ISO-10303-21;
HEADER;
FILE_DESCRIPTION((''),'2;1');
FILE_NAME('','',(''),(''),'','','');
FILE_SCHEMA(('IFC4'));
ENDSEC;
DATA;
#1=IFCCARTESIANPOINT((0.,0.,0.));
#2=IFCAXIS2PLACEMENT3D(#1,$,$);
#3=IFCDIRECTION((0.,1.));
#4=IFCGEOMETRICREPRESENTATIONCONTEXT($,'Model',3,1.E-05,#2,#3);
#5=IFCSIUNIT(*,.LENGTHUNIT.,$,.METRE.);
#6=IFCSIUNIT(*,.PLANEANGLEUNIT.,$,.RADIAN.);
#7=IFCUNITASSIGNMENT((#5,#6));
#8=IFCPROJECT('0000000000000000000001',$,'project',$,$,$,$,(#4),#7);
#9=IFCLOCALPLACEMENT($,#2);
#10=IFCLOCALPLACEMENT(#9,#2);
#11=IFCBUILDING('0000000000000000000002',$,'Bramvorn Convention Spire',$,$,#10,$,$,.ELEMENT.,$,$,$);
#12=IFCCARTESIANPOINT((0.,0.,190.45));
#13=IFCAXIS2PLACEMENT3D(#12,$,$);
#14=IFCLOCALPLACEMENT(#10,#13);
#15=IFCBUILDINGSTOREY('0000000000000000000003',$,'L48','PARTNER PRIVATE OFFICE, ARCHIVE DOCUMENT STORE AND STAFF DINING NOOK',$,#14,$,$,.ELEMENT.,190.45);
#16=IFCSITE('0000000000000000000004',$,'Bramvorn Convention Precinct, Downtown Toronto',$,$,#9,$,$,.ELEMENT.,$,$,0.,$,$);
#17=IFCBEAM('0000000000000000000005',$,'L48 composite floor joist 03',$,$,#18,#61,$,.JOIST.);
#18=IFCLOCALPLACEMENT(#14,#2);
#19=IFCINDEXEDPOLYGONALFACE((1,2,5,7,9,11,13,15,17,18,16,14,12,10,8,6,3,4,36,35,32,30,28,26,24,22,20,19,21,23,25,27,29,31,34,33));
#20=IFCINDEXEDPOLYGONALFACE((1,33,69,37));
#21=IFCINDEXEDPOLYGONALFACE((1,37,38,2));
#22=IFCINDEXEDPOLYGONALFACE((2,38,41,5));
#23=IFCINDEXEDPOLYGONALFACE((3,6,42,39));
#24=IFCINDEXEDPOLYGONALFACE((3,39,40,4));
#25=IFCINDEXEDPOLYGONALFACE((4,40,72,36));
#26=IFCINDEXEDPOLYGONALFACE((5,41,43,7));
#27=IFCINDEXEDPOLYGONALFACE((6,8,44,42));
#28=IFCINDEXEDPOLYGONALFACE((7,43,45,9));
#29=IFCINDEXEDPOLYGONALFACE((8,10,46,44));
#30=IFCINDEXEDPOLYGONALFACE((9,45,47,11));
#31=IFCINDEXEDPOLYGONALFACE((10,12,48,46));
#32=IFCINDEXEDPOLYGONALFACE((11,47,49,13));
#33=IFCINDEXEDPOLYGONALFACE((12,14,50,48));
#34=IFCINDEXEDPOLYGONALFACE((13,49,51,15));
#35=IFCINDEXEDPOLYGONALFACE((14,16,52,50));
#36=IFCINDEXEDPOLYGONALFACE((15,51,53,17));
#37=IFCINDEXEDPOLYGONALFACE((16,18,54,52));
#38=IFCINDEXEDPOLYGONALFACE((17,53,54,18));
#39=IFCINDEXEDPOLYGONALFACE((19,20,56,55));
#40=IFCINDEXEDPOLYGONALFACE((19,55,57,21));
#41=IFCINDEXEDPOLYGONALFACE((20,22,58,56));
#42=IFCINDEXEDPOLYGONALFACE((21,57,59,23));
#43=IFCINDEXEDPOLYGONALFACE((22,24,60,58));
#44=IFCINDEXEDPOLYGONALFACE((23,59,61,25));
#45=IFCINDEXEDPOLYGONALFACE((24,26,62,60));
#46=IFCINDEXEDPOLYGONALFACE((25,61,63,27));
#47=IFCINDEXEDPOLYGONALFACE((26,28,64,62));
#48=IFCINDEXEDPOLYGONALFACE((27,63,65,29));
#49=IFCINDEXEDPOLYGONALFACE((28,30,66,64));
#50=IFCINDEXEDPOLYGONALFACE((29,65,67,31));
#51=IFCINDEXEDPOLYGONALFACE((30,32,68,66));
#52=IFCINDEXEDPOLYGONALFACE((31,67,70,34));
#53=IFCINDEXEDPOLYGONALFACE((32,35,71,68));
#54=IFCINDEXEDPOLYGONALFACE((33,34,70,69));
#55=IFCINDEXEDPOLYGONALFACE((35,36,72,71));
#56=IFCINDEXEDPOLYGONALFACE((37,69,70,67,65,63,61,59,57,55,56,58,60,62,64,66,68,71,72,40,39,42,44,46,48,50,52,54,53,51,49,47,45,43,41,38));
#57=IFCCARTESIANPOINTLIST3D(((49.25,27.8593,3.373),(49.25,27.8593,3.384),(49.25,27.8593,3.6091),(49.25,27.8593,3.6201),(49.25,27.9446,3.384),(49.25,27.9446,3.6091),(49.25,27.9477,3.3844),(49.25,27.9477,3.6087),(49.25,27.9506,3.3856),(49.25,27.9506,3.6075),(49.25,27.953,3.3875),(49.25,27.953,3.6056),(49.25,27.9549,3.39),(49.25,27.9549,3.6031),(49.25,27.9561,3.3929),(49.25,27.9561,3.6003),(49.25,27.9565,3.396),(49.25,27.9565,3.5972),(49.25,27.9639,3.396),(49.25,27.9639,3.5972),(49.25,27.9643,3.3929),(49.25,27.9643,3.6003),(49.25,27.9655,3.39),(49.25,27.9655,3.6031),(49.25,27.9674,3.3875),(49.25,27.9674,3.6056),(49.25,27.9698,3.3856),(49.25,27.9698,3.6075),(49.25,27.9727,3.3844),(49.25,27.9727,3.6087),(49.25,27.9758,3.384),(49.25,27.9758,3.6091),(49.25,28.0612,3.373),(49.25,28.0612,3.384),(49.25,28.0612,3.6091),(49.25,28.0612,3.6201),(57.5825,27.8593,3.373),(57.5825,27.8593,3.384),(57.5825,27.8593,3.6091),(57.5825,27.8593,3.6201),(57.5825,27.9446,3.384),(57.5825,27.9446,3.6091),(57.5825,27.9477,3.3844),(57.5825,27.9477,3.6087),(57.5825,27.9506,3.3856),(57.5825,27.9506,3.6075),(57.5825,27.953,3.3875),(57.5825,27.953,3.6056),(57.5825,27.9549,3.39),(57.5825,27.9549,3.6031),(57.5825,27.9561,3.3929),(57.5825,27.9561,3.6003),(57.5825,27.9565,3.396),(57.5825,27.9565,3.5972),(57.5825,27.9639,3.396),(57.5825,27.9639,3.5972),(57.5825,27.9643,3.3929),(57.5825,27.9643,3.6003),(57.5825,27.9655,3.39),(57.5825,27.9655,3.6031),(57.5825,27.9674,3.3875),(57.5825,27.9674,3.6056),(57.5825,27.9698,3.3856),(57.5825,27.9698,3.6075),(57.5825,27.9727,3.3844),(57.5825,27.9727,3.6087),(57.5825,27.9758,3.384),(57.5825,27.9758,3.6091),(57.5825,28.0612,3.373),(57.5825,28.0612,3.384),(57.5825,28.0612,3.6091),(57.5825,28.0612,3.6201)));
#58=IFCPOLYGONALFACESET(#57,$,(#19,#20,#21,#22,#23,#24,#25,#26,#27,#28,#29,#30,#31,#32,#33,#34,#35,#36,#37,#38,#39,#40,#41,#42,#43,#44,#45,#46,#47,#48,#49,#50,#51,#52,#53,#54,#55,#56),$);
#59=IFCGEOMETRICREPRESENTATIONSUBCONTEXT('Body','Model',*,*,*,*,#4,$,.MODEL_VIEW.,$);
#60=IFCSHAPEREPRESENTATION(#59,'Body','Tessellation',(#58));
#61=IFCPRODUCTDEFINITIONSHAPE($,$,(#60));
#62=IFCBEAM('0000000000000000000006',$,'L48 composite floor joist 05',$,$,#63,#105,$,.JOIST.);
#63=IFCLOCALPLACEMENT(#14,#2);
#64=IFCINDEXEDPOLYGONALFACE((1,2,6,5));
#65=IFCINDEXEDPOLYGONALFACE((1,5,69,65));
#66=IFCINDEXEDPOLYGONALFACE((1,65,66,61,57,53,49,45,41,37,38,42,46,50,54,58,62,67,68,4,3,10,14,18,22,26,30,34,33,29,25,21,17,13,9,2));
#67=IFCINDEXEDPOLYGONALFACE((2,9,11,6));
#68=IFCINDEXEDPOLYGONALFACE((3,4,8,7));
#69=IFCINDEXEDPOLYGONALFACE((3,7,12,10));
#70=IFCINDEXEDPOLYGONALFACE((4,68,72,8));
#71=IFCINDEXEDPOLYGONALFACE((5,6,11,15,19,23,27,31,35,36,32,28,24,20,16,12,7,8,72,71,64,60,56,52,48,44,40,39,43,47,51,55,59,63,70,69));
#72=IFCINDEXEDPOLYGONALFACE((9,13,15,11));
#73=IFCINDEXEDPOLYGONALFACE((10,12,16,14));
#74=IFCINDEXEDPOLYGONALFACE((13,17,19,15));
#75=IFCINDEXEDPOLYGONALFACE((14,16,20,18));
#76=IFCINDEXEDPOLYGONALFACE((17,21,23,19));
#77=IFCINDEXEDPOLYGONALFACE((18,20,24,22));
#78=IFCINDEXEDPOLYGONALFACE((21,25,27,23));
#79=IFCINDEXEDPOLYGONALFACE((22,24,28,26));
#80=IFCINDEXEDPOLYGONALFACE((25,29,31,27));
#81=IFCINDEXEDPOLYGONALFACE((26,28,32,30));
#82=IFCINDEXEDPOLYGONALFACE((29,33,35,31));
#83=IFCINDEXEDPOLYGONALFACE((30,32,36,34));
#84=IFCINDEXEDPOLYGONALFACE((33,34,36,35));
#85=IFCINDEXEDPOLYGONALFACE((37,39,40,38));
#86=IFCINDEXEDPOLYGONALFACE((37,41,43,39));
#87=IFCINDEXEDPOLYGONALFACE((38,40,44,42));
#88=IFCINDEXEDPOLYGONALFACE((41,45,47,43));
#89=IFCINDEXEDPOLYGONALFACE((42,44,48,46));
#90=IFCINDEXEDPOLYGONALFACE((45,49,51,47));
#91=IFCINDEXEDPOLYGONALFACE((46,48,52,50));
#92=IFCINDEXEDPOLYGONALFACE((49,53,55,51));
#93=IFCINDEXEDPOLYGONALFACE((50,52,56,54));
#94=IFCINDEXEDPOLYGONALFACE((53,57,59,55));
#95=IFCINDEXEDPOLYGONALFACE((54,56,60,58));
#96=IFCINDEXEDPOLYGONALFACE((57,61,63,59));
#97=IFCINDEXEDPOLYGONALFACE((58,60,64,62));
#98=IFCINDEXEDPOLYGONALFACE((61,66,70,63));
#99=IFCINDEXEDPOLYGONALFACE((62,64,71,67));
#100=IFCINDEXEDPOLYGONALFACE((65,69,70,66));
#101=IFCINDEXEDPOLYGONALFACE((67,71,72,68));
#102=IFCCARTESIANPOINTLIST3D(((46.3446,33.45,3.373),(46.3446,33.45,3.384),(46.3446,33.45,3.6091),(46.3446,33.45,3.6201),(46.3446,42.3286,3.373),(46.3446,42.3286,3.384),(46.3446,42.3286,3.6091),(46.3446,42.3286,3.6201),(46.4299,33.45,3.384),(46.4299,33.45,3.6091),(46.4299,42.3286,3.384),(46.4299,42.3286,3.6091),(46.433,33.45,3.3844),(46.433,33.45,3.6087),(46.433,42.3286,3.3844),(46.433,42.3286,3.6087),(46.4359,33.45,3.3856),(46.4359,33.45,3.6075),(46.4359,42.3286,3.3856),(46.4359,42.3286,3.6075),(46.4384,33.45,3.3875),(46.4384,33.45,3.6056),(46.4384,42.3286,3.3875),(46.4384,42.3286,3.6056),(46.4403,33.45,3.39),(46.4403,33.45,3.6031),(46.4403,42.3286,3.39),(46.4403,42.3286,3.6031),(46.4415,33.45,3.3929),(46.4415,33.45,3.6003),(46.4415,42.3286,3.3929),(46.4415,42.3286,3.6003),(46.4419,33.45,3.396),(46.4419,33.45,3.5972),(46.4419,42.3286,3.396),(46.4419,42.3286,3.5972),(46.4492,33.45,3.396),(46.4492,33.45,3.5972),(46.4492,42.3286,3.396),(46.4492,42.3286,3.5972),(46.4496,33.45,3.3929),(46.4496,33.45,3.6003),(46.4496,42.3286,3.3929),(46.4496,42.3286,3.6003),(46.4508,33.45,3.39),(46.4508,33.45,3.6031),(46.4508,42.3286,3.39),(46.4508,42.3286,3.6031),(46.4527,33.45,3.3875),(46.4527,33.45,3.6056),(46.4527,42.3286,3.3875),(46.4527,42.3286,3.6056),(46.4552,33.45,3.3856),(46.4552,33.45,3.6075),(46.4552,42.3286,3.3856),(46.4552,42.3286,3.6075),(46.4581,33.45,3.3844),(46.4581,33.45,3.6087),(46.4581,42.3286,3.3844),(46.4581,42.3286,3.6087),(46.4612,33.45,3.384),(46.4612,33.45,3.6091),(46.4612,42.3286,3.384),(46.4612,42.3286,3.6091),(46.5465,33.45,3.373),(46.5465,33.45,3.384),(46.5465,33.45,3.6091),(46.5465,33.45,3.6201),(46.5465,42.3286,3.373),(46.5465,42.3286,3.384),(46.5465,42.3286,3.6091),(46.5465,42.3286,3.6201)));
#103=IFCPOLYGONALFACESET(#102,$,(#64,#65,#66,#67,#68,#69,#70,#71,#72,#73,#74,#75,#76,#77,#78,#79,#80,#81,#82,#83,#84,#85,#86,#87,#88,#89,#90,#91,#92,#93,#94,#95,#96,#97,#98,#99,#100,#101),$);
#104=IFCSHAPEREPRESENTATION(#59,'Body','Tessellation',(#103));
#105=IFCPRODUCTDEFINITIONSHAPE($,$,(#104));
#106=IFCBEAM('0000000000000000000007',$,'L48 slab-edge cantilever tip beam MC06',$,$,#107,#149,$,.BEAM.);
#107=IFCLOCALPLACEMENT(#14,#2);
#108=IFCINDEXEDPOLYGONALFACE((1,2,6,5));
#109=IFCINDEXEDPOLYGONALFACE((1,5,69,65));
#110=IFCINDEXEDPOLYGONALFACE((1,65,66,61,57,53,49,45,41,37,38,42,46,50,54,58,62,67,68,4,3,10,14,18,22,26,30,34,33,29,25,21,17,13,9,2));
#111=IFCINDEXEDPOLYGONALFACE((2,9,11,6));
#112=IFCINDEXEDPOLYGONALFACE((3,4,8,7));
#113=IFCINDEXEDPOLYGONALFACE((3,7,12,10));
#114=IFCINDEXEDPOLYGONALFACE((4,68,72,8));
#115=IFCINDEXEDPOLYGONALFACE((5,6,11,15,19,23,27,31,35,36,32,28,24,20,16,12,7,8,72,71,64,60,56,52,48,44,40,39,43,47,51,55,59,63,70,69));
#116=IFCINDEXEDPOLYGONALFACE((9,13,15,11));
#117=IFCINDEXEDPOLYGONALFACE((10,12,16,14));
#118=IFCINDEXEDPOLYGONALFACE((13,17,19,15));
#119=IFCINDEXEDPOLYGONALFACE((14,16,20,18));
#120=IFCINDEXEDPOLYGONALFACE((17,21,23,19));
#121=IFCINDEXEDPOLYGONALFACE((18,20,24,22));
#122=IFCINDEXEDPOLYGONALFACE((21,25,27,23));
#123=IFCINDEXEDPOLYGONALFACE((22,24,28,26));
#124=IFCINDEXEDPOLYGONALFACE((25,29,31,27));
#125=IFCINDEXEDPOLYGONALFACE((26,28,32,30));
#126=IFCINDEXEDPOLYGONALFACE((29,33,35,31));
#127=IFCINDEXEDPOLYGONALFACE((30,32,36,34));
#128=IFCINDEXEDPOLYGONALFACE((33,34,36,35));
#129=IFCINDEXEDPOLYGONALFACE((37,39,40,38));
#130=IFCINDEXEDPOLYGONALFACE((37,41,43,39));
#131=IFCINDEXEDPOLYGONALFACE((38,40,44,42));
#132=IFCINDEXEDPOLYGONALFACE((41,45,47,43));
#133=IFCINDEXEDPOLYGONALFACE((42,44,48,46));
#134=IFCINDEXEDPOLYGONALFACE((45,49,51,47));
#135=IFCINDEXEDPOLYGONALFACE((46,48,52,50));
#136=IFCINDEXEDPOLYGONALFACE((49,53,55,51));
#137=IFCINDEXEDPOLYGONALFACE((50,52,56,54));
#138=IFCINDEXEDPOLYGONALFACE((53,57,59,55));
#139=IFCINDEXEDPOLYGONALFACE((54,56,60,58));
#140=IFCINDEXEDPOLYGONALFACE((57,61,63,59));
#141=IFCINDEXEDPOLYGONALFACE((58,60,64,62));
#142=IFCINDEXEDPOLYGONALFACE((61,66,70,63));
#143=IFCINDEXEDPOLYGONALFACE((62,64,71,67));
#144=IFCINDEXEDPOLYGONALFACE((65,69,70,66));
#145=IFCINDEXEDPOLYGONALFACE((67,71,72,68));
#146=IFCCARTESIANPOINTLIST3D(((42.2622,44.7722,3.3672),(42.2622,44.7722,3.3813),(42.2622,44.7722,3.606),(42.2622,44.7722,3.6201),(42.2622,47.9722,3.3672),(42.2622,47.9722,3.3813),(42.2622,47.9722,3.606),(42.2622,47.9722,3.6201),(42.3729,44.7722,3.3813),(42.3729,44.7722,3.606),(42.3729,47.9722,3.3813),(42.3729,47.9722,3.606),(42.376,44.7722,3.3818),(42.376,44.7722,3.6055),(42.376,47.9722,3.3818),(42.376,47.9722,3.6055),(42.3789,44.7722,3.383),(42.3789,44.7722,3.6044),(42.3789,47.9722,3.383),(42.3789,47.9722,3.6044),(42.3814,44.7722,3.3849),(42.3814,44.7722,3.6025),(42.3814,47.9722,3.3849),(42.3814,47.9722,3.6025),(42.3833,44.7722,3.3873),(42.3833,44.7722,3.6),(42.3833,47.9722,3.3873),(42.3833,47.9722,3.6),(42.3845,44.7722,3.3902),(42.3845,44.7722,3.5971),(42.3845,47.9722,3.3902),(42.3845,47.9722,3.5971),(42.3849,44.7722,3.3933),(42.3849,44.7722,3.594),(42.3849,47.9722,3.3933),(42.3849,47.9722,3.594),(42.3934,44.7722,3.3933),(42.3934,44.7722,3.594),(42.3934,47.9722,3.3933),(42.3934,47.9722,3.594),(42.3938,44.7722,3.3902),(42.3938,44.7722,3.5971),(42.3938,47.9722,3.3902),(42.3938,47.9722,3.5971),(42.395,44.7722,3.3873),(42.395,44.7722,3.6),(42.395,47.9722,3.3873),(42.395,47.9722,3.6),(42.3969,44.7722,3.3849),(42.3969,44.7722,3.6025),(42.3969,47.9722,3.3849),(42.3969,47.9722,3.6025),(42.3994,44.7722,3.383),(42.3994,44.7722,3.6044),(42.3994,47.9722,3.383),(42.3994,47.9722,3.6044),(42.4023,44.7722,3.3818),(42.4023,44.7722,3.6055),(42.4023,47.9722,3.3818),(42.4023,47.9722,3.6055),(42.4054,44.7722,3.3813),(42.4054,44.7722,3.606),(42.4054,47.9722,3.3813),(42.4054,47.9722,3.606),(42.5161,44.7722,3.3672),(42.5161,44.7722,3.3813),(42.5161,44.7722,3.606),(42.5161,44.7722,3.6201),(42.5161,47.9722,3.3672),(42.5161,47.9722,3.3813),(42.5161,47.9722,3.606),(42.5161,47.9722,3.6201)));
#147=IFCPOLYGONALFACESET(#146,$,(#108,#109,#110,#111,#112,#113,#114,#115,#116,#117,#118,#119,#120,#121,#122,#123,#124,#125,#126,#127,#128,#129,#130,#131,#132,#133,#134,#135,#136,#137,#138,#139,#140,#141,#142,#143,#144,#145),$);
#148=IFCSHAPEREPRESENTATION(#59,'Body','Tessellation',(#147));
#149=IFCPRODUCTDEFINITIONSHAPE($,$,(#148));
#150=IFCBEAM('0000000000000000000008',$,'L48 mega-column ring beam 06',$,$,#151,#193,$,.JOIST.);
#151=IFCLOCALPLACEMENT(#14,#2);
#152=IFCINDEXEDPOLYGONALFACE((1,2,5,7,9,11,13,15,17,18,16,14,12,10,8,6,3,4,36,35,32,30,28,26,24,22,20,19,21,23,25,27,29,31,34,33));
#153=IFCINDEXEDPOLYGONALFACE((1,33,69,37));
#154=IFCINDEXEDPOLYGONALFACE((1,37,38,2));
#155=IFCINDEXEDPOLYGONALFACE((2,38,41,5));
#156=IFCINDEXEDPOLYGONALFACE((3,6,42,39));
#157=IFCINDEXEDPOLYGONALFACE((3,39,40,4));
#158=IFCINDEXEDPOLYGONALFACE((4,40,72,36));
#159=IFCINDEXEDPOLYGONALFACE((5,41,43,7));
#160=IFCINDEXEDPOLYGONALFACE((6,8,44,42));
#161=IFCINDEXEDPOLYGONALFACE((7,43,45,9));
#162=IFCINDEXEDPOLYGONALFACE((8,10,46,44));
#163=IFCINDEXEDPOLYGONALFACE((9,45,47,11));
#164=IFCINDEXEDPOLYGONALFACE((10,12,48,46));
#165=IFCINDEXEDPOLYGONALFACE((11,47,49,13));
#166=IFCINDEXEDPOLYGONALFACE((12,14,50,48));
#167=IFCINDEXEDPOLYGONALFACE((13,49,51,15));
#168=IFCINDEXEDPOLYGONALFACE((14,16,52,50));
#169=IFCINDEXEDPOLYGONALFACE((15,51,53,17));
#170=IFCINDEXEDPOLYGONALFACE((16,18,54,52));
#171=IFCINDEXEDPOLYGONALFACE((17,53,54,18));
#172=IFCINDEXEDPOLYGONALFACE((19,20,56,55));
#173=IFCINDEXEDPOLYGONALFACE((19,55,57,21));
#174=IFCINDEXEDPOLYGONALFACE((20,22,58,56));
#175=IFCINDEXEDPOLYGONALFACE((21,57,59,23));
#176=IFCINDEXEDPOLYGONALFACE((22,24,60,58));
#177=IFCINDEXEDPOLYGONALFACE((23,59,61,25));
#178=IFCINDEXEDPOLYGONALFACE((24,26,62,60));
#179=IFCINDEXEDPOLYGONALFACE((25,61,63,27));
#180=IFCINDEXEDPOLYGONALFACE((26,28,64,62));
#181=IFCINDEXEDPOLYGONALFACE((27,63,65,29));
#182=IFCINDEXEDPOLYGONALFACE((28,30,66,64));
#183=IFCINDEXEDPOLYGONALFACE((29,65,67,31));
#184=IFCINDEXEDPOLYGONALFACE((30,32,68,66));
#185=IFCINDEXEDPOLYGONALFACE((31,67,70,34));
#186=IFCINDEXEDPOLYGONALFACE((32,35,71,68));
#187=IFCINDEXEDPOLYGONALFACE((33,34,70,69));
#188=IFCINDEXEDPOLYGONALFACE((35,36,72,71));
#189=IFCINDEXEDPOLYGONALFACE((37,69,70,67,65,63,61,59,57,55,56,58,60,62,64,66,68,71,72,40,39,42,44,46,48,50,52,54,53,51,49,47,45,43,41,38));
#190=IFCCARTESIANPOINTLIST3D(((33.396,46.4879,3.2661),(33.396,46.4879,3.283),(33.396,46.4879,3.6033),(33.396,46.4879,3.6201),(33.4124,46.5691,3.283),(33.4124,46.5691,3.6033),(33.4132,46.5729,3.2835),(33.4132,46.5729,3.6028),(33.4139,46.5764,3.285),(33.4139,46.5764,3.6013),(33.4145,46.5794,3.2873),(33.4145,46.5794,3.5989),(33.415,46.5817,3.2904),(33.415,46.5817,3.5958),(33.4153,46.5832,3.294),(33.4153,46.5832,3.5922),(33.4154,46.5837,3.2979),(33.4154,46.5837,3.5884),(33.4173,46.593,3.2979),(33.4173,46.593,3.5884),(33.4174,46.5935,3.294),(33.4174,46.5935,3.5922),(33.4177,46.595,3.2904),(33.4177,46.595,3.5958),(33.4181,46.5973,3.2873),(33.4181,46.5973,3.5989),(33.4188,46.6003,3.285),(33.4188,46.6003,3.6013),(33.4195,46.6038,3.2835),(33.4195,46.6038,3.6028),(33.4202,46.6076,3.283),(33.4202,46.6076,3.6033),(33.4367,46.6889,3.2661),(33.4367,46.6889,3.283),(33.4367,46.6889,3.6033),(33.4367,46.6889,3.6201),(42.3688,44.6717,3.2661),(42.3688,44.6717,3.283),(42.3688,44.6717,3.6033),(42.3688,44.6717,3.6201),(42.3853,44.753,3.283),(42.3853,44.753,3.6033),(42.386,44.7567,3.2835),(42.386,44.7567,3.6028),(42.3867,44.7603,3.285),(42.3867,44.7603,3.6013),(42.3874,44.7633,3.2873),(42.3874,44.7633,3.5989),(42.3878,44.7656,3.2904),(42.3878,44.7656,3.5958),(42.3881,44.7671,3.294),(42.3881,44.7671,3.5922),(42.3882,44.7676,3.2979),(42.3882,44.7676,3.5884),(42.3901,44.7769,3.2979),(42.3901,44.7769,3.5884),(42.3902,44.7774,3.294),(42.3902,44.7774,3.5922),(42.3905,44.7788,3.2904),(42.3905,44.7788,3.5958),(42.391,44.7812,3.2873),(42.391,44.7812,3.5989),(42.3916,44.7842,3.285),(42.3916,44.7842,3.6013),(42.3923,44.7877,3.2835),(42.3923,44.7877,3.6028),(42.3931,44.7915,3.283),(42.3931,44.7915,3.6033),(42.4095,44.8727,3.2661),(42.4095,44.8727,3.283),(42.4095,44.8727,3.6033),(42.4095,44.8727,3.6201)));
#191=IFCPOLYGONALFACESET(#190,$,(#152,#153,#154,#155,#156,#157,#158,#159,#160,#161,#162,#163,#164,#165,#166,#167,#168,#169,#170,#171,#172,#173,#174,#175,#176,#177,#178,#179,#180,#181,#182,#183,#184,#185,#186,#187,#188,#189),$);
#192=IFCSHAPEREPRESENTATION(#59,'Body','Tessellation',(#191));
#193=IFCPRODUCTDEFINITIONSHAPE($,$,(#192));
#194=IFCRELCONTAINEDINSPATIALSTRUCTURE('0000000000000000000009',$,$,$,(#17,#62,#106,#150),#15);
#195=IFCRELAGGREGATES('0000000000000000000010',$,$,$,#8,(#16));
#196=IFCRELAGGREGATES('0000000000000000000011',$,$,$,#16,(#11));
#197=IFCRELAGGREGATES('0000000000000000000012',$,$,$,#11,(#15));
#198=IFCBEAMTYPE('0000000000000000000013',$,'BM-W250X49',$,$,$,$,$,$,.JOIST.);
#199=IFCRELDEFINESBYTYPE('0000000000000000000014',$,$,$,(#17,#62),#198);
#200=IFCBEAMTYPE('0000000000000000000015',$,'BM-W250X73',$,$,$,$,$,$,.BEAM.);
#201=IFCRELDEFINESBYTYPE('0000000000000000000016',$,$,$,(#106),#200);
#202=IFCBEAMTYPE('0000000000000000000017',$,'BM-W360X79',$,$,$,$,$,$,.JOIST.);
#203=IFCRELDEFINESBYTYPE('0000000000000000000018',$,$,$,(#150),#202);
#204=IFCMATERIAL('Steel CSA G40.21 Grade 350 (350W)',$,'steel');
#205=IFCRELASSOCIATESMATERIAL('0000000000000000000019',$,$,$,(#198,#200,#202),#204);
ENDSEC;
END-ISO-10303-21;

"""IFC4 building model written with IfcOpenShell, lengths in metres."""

from ifc_helpers import new_model, si_unit, direction, frame, origin, origin_2d, place, context, subcontext, project, spatial, i_section, extrude, material, material_profile, profile_set, type_object, element, save


model = new_model("IFC4")

# Units and contexts
model_context = context("Model", 3, precision=1e-05, world=origin(), true_north=direction((0.0, 1.0)))
body_context = subcontext(model_context, "Body", "Model", "MODEL_VIEW")
ifc_project = project(units=[si_unit("LENGTHUNIT", "METRE"), si_unit("PLANEANGLEUNIT", "RADIAN")], contexts=[model_context])

# Site, building, storey
site_placement = place(None, origin())
site = spatial("IfcSite", under=ifc_project, at=site_placement, Name="Bramvorn Convention Precinct, Downtown Toronto", CompositionType="ELEMENT", RefElevation=0.0)
building_placement = place(site_placement, origin())
building = spatial("IfcBuilding", under=site, at=building_placement, Name="Bramvorn Convention Spire", CompositionType="ELEMENT")
storey_placement = place(building_placement, frame((0.0, 0.0, 190.45)))
storey = spatial("IfcBuildingStorey", under=building, at=storey_placement, Name="L48", Description="PARTNER PRIVATE OFFICE, ARCHIVE DOCUMENT STORE AND STAFF DINING NOOK", CompositionType="ELEMENT", Elevation=190.45)

# Shared definitions
ifc_material_1 = material(Name="Steel CSA G40.21 Grade 350 (350W)", Category="steel")

# Beams
ifc_material_profile_1 = material_profile(ifc_material_1, i_section(OverallWidth=0.2019, OverallDepth=0.2471, WebThickness=0.0073, FlangeThickness=0.011, FilletRadius=0.012, at=origin_2d()))
ifc_profile_set_1 = profile_set([ifc_material_profile_1], Name="Steel CSA G40.21 Grade 350 (350W) - W250X49")
beam_type_1 = type_object("IfcBeamType", Name="BM-W250X49", PredefinedType="JOIST", material=ifc_profile_set_1)
beam_1_placement = place(storey_placement, frame((49.25, 27.9602, 3.4966), z_axis=(1.0, 0.0, 0.0), x_axis=(0.0, 1.0, 0.0)))
element("IfcBeam", 1, at=beam_1_placement, inside=storey, type_object=beam_type_1, Name="L48 composite floor joist 03", PredefinedType="JOIST", context=body_context, shape_type="SweptSolid", body=[
    extrude(i_section(OverallWidth=0.2019, OverallDepth=0.2471, WebThickness=0.0073, FlangeThickness=0.011, FilletRadius=0.012, at=origin_2d()), origin(), (0.0, 0.0, 1.0), 8.3325),
])
beam_2_placement = place(storey_placement, frame((46.4456, 33.45, 3.4966), z_axis=(0.0, 1.0, 0.0), x_axis=(-1.0, 0.0, 0.0)))
element("IfcBeam", 2, at=beam_2_placement, inside=storey, type_object=beam_type_1, Name="L48 composite floor joist 05", PredefinedType="JOIST", context=body_context, shape_type="SweptSolid", body=[
    extrude(i_section(OverallWidth=0.2019, OverallDepth=0.2471, WebThickness=0.0073, FlangeThickness=0.011, FilletRadius=0.012, at=origin_2d()), origin(), (0.0, 0.0, 1.0), 8.8787),
])
ifc_material_profile_2 = material_profile(ifc_material_1, i_section(OverallWidth=0.2539, OverallDepth=0.2529, WebThickness=0.0085, FlangeThickness=0.0142, FilletRadius=0.012, at=origin_2d()))
ifc_profile_set_2 = profile_set([ifc_material_profile_2], Name="Steel CSA G40.21 Grade 350 (350W) - W250X73")
beam_type_2 = type_object("IfcBeamType", Name="BM-W250X73", PredefinedType="BEAM", material=ifc_profile_set_2)
beam_3_placement = place(storey_placement, frame((42.3892, 44.7722, 3.4937), z_axis=(0.0, 1.0, 0.0), x_axis=(-1.0, 0.0, 0.0)))
element("IfcBeam", 3, at=beam_3_placement, inside=storey, type_object=beam_type_2, Name="L48 slab-edge cantilever tip beam MC06", PredefinedType="BEAM", context=body_context, shape_type="SweptSolid", body=[
    extrude(i_section(OverallWidth=0.2539, OverallDepth=0.2529, WebThickness=0.0085, FlangeThickness=0.0142, FilletRadius=0.012, at=origin_2d()), origin(), (0.0, 0.0, 1.0), 3.2),
])
ifc_material_profile_3 = material_profile(ifc_material_1, i_section(OverallWidth=0.2051, OverallDepth=0.354, WebThickness=0.0095, FlangeThickness=0.0168, FilletRadius=0.0149, at=origin_2d()))
ifc_profile_set_3 = profile_set([ifc_material_profile_3], Name="Steel CSA G40.21 Grade 350 (350W) - W360X79")
beam_type_3 = type_object("IfcBeamType", Name="BM-W360X79", PredefinedType="JOIST", material=ifc_profile_set_3)
beam_4_placement = place(storey_placement, frame((42.3892, 44.7722, 3.4431), z_axis=(-0.980125, 0.198382, 0.0), x_axis=(-0.198382, -0.980125, 0.0)))
element("IfcBeam", 4, at=beam_4_placement, inside=storey, type_object=beam_type_3, Name="L48 mega-column ring beam 06", PredefinedType="JOIST", context=body_context, shape_type="SweptSolid", body=[
    extrude(i_section(OverallWidth=0.2051, OverallDepth=0.354, WebThickness=0.0095, FlangeThickness=0.0168, FilletRadius=0.0149, at=origin_2d()), origin(), (0.0, 0.0, 1.0), 9.1548),
])

save(model, "model.ifc")
